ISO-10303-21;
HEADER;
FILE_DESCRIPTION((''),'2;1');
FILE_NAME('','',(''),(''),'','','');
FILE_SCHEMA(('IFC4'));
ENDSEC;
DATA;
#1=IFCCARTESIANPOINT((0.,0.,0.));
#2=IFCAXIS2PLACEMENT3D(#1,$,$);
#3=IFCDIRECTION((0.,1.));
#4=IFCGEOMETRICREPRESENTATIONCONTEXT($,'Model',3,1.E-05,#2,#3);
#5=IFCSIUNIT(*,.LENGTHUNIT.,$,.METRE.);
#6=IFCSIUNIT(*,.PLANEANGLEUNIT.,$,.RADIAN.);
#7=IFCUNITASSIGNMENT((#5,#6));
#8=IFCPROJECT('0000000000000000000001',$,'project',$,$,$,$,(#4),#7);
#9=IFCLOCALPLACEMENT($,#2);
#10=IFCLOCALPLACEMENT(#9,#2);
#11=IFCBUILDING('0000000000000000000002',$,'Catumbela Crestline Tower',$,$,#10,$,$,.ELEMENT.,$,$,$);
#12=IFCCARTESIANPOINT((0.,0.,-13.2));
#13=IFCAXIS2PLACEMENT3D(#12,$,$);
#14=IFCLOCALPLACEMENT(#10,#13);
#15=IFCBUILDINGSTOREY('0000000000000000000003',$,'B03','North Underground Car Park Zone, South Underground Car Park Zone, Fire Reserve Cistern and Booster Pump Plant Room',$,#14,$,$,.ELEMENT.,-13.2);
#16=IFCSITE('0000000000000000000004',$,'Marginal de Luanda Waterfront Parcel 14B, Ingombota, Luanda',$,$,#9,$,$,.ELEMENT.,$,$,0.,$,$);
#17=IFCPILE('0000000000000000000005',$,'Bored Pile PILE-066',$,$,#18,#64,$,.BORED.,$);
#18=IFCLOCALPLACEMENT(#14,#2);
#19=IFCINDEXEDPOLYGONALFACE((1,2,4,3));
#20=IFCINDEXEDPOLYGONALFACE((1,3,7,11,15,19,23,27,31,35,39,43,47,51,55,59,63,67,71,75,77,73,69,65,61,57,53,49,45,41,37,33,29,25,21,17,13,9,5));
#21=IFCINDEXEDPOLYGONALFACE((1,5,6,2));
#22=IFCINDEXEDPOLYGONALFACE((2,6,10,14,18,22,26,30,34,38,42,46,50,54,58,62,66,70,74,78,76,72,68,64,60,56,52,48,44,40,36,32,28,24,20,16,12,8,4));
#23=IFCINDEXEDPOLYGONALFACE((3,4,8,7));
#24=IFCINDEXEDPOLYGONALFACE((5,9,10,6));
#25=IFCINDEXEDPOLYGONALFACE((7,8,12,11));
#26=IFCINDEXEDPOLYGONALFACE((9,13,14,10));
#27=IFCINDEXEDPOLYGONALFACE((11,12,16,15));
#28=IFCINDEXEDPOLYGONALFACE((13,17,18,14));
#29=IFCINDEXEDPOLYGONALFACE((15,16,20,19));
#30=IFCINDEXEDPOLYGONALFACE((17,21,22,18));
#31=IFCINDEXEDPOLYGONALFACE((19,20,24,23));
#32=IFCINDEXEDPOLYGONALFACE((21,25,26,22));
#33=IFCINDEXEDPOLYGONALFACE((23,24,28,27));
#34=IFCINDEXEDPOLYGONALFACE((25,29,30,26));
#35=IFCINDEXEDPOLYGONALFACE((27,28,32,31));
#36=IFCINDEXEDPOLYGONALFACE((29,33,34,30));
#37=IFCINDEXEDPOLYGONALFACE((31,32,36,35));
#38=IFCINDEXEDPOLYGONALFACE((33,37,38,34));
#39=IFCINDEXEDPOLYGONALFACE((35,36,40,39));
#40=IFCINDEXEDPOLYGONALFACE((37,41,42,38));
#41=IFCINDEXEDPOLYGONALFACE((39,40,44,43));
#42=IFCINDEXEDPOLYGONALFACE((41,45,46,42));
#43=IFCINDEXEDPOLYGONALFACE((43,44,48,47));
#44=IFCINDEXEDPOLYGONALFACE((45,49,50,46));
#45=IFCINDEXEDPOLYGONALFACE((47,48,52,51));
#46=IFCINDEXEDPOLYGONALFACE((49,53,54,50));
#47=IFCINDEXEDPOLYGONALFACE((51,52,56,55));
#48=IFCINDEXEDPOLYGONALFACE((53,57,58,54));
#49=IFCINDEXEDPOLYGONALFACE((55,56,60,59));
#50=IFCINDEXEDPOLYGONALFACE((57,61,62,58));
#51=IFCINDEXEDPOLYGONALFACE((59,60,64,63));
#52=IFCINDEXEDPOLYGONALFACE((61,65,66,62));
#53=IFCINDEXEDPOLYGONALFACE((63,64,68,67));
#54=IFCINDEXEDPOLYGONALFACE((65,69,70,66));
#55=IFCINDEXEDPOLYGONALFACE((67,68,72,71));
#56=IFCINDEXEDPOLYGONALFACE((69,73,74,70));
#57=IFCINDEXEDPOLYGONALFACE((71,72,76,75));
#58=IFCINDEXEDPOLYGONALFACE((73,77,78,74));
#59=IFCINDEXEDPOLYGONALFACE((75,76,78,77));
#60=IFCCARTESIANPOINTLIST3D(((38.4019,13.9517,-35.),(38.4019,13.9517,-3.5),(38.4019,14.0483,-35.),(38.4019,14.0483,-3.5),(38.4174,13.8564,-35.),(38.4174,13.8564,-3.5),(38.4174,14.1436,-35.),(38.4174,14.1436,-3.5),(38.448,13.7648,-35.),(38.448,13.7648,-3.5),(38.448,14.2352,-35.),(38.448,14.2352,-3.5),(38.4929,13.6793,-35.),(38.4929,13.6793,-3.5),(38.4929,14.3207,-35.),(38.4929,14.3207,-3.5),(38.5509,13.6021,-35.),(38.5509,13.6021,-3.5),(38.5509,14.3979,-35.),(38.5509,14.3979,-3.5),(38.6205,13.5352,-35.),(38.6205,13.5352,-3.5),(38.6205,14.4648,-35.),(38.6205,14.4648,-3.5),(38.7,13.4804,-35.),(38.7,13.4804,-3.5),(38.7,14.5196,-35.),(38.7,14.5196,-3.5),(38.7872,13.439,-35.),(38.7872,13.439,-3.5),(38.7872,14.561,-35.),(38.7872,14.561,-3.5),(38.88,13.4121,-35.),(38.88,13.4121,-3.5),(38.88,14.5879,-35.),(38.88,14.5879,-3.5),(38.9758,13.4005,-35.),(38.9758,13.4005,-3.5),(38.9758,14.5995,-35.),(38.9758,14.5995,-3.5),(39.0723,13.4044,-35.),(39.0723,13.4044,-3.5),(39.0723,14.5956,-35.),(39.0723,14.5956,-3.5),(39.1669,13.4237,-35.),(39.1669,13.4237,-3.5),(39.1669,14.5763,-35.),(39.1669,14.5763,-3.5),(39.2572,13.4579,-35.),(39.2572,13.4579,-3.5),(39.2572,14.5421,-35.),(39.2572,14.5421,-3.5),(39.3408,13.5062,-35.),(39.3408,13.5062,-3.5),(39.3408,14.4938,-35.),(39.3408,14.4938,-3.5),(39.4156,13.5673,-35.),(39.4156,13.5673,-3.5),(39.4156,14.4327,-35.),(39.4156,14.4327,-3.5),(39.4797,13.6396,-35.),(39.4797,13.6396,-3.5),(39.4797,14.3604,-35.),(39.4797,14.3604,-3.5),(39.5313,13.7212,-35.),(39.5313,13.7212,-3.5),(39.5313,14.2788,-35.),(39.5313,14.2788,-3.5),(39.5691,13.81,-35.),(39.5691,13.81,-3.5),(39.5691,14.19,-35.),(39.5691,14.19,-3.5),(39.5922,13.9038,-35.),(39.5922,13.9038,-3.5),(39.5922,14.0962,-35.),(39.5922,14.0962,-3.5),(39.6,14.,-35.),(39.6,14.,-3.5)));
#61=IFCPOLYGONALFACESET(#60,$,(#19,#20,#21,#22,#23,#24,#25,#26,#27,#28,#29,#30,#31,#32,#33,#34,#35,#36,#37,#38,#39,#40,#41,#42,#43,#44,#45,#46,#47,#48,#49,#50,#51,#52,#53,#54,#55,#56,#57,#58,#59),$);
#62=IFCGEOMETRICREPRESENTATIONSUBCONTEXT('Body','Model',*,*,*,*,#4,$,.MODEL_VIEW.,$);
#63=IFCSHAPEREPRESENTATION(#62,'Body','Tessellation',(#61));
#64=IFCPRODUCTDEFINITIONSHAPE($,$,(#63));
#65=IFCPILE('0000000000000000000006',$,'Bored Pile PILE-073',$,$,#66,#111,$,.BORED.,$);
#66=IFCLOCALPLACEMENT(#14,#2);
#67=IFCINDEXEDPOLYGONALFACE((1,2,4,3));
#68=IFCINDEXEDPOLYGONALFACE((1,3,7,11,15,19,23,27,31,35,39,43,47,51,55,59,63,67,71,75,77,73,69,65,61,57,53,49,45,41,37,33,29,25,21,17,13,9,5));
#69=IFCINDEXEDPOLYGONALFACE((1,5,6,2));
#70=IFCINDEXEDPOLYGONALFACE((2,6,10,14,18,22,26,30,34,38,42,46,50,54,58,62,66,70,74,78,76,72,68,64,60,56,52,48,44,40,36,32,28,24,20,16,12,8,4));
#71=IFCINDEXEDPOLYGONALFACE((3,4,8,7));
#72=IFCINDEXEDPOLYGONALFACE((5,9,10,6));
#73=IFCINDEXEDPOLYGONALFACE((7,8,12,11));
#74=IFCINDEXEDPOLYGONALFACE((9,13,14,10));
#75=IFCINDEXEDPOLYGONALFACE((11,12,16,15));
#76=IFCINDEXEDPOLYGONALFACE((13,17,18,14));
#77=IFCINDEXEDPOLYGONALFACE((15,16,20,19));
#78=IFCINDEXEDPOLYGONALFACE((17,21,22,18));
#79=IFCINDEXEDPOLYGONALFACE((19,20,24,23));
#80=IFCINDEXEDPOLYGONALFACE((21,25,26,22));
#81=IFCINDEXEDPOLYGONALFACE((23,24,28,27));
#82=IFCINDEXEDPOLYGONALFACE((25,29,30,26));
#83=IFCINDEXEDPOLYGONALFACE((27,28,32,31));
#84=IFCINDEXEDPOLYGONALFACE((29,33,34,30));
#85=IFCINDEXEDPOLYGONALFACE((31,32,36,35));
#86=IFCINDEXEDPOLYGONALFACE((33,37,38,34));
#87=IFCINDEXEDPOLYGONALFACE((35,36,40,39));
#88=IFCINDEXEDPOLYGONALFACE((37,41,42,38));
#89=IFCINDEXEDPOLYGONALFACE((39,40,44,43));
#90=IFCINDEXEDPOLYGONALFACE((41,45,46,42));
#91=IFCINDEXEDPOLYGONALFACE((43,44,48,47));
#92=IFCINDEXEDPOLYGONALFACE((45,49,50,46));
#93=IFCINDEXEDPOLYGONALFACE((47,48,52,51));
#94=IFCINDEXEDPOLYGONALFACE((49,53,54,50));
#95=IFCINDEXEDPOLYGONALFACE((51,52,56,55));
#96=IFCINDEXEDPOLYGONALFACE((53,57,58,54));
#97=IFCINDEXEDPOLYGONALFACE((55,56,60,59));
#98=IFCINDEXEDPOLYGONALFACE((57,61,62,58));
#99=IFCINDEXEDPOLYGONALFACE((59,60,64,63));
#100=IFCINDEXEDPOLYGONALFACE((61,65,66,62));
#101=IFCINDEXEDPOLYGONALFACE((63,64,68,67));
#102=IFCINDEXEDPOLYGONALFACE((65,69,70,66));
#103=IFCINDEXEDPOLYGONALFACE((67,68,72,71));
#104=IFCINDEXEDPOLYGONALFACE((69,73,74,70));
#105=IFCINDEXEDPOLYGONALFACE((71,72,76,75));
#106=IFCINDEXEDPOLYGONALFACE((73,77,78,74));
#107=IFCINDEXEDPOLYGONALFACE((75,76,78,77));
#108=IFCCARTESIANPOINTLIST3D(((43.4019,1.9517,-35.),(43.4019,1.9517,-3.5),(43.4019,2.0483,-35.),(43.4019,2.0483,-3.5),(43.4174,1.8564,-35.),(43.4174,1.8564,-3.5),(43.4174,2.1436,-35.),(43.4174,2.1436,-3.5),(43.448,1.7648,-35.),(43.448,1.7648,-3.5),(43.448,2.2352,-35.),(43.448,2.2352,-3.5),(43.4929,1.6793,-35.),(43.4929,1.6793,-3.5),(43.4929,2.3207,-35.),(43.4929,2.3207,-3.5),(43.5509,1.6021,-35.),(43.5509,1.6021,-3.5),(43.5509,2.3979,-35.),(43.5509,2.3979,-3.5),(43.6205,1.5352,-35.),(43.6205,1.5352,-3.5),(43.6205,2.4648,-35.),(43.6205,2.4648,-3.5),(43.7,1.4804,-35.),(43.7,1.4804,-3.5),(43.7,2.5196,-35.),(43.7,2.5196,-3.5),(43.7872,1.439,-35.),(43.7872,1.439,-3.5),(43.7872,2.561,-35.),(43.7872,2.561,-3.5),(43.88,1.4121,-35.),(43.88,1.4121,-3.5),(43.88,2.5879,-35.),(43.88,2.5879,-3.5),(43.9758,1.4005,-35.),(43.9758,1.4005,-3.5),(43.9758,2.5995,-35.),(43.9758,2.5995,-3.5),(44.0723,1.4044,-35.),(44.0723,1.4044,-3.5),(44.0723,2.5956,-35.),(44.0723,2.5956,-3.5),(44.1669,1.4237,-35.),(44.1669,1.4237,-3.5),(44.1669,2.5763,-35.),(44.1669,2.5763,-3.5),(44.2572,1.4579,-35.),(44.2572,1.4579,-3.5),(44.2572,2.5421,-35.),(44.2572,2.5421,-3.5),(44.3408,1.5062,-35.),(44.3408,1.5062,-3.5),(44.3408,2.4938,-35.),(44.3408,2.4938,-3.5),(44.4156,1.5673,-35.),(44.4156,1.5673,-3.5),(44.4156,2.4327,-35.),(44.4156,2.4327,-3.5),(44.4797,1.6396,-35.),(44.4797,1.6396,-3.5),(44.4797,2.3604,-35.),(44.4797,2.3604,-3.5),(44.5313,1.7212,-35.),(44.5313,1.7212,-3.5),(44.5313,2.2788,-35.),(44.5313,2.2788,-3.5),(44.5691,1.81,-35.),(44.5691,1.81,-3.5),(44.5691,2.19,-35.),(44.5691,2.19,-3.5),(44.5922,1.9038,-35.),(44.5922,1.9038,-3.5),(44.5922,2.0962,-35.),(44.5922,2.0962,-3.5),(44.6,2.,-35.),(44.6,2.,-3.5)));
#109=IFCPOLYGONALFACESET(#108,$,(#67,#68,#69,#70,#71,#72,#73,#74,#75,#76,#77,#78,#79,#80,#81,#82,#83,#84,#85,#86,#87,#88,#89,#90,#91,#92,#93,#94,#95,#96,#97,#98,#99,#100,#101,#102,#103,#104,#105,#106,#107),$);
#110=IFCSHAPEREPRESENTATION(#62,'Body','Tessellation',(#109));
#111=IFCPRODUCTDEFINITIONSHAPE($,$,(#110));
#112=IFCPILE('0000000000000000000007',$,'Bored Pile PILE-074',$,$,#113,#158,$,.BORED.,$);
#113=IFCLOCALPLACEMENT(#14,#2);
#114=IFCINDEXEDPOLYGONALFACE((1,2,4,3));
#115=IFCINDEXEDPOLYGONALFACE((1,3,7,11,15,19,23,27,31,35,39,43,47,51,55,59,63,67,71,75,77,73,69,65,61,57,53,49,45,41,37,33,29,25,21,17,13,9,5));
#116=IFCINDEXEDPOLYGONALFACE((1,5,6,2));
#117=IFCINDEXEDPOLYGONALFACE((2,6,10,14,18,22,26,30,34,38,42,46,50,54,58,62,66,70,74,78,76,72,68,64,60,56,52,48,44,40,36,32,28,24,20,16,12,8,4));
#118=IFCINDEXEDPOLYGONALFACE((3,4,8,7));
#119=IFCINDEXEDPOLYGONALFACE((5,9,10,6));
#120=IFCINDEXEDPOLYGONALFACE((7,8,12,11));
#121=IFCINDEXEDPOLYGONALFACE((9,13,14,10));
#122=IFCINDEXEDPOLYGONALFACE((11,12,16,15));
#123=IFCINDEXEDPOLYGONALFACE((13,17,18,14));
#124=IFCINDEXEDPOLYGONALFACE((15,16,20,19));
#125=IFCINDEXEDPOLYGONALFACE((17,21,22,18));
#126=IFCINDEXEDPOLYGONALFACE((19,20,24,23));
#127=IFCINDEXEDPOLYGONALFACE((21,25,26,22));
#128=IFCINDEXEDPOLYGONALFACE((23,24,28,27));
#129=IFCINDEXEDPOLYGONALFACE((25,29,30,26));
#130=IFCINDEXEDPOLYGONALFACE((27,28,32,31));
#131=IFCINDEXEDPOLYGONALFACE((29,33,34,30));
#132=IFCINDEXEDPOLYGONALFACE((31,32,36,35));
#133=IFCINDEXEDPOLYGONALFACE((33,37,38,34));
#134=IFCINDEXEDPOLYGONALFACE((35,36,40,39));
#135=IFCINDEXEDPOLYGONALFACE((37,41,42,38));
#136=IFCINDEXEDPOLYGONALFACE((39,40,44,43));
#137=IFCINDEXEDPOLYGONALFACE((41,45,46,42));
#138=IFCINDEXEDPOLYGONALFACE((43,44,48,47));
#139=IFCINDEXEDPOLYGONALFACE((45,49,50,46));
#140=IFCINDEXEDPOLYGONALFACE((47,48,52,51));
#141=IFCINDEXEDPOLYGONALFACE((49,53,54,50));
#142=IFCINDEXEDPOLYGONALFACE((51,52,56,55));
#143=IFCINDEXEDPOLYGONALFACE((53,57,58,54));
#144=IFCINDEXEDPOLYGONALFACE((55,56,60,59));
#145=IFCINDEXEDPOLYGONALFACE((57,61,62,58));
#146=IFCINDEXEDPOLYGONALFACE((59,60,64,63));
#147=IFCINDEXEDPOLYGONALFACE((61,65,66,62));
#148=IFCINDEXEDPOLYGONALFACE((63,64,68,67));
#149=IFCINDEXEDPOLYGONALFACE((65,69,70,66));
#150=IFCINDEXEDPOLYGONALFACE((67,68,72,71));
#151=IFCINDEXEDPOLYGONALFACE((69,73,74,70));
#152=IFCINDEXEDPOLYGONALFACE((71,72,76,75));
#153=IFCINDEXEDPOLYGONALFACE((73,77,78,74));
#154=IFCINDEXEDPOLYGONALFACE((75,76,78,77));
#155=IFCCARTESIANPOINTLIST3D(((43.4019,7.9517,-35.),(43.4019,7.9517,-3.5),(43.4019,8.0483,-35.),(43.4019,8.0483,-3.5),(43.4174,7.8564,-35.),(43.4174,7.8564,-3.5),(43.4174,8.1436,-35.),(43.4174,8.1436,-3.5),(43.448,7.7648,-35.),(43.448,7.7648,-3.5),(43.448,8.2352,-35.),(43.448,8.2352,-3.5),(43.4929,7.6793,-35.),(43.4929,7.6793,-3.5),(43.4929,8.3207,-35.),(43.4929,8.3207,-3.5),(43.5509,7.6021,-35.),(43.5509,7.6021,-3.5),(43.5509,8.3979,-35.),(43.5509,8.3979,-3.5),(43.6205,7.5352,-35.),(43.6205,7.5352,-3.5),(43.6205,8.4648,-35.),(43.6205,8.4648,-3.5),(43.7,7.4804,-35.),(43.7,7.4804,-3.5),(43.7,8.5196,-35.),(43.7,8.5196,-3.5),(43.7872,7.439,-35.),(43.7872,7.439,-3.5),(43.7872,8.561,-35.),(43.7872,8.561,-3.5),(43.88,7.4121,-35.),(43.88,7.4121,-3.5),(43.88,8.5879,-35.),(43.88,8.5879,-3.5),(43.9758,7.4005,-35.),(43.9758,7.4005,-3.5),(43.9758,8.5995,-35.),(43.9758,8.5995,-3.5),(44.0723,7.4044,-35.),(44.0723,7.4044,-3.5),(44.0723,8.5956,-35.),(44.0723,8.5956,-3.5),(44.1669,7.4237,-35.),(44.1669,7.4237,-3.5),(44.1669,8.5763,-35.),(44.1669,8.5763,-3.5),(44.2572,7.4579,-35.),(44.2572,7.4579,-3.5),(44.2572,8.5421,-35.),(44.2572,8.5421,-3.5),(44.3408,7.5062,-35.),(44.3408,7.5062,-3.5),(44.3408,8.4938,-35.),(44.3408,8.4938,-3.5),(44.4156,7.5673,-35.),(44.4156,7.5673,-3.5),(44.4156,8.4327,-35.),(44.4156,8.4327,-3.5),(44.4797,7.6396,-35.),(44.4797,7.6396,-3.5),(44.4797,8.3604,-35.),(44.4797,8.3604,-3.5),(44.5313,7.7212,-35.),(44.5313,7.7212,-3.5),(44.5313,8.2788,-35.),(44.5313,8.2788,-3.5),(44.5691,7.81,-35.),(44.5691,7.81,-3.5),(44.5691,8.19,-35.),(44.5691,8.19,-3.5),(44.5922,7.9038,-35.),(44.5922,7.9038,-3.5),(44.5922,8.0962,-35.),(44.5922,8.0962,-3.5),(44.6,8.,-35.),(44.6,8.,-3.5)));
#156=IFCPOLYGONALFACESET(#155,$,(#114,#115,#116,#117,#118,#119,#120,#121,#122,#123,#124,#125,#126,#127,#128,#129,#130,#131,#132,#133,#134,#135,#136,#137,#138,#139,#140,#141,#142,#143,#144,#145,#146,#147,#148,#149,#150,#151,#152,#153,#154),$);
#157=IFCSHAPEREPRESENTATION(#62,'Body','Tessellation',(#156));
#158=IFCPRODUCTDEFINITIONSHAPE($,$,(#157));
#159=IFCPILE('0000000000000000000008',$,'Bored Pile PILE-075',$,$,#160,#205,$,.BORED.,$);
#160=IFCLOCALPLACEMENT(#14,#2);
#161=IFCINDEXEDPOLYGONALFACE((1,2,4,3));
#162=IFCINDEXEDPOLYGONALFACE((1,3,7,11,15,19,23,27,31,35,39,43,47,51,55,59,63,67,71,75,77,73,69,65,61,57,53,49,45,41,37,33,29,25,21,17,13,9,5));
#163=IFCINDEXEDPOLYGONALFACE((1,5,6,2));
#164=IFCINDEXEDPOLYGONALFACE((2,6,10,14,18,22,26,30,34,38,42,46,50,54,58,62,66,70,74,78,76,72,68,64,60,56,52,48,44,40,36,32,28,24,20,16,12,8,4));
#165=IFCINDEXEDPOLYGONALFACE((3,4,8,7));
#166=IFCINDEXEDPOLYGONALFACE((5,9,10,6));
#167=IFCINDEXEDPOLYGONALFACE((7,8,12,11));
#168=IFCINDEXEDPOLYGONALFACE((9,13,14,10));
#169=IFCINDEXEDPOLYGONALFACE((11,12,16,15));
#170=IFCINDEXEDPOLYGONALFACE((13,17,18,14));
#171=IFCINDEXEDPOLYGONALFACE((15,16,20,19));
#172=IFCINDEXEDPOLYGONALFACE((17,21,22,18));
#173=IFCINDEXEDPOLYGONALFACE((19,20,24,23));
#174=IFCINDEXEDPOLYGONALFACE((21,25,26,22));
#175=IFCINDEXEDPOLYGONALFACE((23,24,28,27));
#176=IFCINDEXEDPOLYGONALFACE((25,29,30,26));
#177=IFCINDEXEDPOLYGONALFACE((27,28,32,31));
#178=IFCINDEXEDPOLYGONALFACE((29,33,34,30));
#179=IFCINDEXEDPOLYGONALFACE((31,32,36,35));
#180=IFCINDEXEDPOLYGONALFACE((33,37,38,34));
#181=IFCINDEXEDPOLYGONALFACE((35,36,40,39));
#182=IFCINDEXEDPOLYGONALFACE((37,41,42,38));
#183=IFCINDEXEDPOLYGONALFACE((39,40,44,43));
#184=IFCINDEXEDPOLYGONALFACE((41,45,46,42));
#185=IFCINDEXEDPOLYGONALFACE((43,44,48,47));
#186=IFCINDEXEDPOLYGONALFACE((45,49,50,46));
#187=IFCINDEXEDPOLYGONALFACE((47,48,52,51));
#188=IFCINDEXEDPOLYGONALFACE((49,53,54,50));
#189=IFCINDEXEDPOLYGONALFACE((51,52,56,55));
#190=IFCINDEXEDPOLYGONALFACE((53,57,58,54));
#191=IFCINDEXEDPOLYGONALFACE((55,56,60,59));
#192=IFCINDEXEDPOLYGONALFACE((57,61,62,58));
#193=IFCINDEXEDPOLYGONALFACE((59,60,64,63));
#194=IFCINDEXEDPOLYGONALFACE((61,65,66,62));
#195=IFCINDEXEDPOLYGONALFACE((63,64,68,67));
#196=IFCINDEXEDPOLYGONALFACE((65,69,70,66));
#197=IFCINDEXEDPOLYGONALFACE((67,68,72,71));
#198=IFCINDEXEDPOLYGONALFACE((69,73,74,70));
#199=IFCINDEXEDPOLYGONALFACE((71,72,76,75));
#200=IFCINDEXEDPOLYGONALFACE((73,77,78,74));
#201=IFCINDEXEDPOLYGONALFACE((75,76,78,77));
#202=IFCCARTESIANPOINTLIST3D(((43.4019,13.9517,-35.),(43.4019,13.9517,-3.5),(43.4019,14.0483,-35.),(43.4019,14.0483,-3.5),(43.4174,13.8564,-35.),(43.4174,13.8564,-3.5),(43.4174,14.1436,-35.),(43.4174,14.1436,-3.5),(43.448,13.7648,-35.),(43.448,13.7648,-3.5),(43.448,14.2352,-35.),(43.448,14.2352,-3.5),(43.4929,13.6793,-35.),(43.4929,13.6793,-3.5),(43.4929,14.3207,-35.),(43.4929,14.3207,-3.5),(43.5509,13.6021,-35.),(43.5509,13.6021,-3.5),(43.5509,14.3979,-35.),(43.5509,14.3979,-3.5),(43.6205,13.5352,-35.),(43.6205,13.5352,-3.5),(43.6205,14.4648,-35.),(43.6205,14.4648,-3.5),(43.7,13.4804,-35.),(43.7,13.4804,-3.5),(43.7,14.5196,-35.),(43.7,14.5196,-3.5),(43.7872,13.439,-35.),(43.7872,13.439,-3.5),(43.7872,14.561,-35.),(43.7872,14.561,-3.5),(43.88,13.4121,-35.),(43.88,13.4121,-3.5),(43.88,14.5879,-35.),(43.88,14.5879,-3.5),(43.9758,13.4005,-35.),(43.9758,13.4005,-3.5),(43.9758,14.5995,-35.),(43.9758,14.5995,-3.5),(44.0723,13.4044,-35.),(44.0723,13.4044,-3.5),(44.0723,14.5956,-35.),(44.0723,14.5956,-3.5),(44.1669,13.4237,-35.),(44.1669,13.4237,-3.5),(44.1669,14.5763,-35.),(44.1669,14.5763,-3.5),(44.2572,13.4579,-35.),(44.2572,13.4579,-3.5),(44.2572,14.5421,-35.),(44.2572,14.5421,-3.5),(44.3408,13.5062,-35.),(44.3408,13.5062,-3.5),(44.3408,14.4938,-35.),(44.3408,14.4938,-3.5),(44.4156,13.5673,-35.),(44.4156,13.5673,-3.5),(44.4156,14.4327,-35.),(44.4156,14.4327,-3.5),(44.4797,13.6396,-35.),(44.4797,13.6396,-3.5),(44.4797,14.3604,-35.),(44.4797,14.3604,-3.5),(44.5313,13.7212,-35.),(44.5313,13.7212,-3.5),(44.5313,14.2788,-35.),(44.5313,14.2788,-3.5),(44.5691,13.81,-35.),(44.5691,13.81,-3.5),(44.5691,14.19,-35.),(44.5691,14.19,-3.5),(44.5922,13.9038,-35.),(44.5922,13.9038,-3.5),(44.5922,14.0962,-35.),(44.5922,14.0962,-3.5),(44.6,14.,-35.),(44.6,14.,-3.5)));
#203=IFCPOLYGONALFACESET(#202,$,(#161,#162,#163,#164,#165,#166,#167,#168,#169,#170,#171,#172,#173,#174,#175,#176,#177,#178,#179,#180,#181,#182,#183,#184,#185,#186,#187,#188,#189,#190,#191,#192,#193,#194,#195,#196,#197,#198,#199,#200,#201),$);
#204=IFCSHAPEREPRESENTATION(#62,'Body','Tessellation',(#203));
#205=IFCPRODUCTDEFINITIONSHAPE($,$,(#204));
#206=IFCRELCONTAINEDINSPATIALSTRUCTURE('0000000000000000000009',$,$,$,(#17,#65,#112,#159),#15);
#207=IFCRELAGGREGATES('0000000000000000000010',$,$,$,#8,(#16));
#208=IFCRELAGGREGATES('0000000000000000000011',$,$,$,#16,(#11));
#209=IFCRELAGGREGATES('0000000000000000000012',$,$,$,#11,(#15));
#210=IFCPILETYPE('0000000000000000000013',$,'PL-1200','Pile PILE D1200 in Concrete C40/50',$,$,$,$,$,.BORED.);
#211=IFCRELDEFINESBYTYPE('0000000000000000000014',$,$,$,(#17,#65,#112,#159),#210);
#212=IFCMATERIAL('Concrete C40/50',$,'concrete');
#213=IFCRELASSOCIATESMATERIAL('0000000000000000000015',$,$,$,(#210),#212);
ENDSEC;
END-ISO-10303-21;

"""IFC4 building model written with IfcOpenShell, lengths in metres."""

from ifc_helpers import new_model, si_unit, direction, frame, origin, origin_2d, place, context, subcontext, project, spatial, circle, extrude, material, material_profile, profile_set, type_object, element, save


model = new_model("IFC4")

# Units and contexts
model_context = context("Model", 3, precision=1e-05, world=origin(), true_north=direction((0.0, 1.0)))
body_context = subcontext(model_context, "Body", "Model", "MODEL_VIEW")
ifc_project = project(units=[si_unit("LENGTHUNIT", "METRE"), si_unit("PLANEANGLEUNIT", "RADIAN")], contexts=[model_context])

# Site, building, storey
site_placement = place(None, origin())
site = spatial("IfcSite", under=ifc_project, at=site_placement, Name="Marginal de Luanda Waterfront Parcel 14B, Ingombota, Luanda", CompositionType="ELEMENT", RefElevation=0.0)
building_placement = place(site_placement, origin())
building = spatial("IfcBuilding", under=site, at=building_placement, Name="Catumbela Crestline Tower", CompositionType="ELEMENT")
storey_placement = place(building_placement, frame((0.0, 0.0, -13.2)))
storey = spatial("IfcBuildingStorey", under=building, at=storey_placement, Name="B03", Description="North Underground Car Park Zone, South Underground Car Park Zone, Fire Reserve Cistern and Booster Pump Plant Room", CompositionType="ELEMENT", Elevation=-13.2)

# Piles
ifc_material_1 = material(Name="Concrete C40/50", Category="concrete")
ifc_material_profile_1 = material_profile(ifc_material_1, circle(Radius=0.6, at=origin_2d()), Name="PILE D1200")
ifc_profile_set_1 = profile_set([ifc_material_profile_1], Name="Concrete C40/50")
pile_type = type_object("IfcPileType", Name="PL-1200", Description="Pile PILE D1200 in Concrete C40/50", PredefinedType="BORED", material=ifc_profile_set_1)
for number, where, z_axis, x_axis, name in (
    (1, (39.0, 14.0, -3.5), (0.0, 0.0, -1.0), (1.0, 0.0, 0.0), "Bored Pile PILE-066"),
    (2, (44.0, 2.0, -3.5), (0.0, 0.0, -1.0), (1.0, 0.0, 0.0), "Bored Pile PILE-073"),
    (3, (44.0, 8.0, -3.5), (0.0, 0.0, -1.0), (1.0, 0.0, 0.0), "Bored Pile PILE-074"),
    (4, (44.0, 14.0, -3.5), (0.0, 0.0, -1.0), (1.0, 0.0, 0.0), "Bored Pile PILE-075"),
):
    element("IfcPile", number, at=place(storey_placement, frame(where, z_axis=z_axis, x_axis=x_axis)), inside=storey, type_object=pile_type, Name=name, PredefinedType="BORED", context=body_context, shape_type="SweptSolid", body=[
        extrude(circle(Radius=0.6, at=origin_2d()), origin(), (0.0, 0.0, 1.0), 31.5),
    ])

save(model, "model.ifc")
